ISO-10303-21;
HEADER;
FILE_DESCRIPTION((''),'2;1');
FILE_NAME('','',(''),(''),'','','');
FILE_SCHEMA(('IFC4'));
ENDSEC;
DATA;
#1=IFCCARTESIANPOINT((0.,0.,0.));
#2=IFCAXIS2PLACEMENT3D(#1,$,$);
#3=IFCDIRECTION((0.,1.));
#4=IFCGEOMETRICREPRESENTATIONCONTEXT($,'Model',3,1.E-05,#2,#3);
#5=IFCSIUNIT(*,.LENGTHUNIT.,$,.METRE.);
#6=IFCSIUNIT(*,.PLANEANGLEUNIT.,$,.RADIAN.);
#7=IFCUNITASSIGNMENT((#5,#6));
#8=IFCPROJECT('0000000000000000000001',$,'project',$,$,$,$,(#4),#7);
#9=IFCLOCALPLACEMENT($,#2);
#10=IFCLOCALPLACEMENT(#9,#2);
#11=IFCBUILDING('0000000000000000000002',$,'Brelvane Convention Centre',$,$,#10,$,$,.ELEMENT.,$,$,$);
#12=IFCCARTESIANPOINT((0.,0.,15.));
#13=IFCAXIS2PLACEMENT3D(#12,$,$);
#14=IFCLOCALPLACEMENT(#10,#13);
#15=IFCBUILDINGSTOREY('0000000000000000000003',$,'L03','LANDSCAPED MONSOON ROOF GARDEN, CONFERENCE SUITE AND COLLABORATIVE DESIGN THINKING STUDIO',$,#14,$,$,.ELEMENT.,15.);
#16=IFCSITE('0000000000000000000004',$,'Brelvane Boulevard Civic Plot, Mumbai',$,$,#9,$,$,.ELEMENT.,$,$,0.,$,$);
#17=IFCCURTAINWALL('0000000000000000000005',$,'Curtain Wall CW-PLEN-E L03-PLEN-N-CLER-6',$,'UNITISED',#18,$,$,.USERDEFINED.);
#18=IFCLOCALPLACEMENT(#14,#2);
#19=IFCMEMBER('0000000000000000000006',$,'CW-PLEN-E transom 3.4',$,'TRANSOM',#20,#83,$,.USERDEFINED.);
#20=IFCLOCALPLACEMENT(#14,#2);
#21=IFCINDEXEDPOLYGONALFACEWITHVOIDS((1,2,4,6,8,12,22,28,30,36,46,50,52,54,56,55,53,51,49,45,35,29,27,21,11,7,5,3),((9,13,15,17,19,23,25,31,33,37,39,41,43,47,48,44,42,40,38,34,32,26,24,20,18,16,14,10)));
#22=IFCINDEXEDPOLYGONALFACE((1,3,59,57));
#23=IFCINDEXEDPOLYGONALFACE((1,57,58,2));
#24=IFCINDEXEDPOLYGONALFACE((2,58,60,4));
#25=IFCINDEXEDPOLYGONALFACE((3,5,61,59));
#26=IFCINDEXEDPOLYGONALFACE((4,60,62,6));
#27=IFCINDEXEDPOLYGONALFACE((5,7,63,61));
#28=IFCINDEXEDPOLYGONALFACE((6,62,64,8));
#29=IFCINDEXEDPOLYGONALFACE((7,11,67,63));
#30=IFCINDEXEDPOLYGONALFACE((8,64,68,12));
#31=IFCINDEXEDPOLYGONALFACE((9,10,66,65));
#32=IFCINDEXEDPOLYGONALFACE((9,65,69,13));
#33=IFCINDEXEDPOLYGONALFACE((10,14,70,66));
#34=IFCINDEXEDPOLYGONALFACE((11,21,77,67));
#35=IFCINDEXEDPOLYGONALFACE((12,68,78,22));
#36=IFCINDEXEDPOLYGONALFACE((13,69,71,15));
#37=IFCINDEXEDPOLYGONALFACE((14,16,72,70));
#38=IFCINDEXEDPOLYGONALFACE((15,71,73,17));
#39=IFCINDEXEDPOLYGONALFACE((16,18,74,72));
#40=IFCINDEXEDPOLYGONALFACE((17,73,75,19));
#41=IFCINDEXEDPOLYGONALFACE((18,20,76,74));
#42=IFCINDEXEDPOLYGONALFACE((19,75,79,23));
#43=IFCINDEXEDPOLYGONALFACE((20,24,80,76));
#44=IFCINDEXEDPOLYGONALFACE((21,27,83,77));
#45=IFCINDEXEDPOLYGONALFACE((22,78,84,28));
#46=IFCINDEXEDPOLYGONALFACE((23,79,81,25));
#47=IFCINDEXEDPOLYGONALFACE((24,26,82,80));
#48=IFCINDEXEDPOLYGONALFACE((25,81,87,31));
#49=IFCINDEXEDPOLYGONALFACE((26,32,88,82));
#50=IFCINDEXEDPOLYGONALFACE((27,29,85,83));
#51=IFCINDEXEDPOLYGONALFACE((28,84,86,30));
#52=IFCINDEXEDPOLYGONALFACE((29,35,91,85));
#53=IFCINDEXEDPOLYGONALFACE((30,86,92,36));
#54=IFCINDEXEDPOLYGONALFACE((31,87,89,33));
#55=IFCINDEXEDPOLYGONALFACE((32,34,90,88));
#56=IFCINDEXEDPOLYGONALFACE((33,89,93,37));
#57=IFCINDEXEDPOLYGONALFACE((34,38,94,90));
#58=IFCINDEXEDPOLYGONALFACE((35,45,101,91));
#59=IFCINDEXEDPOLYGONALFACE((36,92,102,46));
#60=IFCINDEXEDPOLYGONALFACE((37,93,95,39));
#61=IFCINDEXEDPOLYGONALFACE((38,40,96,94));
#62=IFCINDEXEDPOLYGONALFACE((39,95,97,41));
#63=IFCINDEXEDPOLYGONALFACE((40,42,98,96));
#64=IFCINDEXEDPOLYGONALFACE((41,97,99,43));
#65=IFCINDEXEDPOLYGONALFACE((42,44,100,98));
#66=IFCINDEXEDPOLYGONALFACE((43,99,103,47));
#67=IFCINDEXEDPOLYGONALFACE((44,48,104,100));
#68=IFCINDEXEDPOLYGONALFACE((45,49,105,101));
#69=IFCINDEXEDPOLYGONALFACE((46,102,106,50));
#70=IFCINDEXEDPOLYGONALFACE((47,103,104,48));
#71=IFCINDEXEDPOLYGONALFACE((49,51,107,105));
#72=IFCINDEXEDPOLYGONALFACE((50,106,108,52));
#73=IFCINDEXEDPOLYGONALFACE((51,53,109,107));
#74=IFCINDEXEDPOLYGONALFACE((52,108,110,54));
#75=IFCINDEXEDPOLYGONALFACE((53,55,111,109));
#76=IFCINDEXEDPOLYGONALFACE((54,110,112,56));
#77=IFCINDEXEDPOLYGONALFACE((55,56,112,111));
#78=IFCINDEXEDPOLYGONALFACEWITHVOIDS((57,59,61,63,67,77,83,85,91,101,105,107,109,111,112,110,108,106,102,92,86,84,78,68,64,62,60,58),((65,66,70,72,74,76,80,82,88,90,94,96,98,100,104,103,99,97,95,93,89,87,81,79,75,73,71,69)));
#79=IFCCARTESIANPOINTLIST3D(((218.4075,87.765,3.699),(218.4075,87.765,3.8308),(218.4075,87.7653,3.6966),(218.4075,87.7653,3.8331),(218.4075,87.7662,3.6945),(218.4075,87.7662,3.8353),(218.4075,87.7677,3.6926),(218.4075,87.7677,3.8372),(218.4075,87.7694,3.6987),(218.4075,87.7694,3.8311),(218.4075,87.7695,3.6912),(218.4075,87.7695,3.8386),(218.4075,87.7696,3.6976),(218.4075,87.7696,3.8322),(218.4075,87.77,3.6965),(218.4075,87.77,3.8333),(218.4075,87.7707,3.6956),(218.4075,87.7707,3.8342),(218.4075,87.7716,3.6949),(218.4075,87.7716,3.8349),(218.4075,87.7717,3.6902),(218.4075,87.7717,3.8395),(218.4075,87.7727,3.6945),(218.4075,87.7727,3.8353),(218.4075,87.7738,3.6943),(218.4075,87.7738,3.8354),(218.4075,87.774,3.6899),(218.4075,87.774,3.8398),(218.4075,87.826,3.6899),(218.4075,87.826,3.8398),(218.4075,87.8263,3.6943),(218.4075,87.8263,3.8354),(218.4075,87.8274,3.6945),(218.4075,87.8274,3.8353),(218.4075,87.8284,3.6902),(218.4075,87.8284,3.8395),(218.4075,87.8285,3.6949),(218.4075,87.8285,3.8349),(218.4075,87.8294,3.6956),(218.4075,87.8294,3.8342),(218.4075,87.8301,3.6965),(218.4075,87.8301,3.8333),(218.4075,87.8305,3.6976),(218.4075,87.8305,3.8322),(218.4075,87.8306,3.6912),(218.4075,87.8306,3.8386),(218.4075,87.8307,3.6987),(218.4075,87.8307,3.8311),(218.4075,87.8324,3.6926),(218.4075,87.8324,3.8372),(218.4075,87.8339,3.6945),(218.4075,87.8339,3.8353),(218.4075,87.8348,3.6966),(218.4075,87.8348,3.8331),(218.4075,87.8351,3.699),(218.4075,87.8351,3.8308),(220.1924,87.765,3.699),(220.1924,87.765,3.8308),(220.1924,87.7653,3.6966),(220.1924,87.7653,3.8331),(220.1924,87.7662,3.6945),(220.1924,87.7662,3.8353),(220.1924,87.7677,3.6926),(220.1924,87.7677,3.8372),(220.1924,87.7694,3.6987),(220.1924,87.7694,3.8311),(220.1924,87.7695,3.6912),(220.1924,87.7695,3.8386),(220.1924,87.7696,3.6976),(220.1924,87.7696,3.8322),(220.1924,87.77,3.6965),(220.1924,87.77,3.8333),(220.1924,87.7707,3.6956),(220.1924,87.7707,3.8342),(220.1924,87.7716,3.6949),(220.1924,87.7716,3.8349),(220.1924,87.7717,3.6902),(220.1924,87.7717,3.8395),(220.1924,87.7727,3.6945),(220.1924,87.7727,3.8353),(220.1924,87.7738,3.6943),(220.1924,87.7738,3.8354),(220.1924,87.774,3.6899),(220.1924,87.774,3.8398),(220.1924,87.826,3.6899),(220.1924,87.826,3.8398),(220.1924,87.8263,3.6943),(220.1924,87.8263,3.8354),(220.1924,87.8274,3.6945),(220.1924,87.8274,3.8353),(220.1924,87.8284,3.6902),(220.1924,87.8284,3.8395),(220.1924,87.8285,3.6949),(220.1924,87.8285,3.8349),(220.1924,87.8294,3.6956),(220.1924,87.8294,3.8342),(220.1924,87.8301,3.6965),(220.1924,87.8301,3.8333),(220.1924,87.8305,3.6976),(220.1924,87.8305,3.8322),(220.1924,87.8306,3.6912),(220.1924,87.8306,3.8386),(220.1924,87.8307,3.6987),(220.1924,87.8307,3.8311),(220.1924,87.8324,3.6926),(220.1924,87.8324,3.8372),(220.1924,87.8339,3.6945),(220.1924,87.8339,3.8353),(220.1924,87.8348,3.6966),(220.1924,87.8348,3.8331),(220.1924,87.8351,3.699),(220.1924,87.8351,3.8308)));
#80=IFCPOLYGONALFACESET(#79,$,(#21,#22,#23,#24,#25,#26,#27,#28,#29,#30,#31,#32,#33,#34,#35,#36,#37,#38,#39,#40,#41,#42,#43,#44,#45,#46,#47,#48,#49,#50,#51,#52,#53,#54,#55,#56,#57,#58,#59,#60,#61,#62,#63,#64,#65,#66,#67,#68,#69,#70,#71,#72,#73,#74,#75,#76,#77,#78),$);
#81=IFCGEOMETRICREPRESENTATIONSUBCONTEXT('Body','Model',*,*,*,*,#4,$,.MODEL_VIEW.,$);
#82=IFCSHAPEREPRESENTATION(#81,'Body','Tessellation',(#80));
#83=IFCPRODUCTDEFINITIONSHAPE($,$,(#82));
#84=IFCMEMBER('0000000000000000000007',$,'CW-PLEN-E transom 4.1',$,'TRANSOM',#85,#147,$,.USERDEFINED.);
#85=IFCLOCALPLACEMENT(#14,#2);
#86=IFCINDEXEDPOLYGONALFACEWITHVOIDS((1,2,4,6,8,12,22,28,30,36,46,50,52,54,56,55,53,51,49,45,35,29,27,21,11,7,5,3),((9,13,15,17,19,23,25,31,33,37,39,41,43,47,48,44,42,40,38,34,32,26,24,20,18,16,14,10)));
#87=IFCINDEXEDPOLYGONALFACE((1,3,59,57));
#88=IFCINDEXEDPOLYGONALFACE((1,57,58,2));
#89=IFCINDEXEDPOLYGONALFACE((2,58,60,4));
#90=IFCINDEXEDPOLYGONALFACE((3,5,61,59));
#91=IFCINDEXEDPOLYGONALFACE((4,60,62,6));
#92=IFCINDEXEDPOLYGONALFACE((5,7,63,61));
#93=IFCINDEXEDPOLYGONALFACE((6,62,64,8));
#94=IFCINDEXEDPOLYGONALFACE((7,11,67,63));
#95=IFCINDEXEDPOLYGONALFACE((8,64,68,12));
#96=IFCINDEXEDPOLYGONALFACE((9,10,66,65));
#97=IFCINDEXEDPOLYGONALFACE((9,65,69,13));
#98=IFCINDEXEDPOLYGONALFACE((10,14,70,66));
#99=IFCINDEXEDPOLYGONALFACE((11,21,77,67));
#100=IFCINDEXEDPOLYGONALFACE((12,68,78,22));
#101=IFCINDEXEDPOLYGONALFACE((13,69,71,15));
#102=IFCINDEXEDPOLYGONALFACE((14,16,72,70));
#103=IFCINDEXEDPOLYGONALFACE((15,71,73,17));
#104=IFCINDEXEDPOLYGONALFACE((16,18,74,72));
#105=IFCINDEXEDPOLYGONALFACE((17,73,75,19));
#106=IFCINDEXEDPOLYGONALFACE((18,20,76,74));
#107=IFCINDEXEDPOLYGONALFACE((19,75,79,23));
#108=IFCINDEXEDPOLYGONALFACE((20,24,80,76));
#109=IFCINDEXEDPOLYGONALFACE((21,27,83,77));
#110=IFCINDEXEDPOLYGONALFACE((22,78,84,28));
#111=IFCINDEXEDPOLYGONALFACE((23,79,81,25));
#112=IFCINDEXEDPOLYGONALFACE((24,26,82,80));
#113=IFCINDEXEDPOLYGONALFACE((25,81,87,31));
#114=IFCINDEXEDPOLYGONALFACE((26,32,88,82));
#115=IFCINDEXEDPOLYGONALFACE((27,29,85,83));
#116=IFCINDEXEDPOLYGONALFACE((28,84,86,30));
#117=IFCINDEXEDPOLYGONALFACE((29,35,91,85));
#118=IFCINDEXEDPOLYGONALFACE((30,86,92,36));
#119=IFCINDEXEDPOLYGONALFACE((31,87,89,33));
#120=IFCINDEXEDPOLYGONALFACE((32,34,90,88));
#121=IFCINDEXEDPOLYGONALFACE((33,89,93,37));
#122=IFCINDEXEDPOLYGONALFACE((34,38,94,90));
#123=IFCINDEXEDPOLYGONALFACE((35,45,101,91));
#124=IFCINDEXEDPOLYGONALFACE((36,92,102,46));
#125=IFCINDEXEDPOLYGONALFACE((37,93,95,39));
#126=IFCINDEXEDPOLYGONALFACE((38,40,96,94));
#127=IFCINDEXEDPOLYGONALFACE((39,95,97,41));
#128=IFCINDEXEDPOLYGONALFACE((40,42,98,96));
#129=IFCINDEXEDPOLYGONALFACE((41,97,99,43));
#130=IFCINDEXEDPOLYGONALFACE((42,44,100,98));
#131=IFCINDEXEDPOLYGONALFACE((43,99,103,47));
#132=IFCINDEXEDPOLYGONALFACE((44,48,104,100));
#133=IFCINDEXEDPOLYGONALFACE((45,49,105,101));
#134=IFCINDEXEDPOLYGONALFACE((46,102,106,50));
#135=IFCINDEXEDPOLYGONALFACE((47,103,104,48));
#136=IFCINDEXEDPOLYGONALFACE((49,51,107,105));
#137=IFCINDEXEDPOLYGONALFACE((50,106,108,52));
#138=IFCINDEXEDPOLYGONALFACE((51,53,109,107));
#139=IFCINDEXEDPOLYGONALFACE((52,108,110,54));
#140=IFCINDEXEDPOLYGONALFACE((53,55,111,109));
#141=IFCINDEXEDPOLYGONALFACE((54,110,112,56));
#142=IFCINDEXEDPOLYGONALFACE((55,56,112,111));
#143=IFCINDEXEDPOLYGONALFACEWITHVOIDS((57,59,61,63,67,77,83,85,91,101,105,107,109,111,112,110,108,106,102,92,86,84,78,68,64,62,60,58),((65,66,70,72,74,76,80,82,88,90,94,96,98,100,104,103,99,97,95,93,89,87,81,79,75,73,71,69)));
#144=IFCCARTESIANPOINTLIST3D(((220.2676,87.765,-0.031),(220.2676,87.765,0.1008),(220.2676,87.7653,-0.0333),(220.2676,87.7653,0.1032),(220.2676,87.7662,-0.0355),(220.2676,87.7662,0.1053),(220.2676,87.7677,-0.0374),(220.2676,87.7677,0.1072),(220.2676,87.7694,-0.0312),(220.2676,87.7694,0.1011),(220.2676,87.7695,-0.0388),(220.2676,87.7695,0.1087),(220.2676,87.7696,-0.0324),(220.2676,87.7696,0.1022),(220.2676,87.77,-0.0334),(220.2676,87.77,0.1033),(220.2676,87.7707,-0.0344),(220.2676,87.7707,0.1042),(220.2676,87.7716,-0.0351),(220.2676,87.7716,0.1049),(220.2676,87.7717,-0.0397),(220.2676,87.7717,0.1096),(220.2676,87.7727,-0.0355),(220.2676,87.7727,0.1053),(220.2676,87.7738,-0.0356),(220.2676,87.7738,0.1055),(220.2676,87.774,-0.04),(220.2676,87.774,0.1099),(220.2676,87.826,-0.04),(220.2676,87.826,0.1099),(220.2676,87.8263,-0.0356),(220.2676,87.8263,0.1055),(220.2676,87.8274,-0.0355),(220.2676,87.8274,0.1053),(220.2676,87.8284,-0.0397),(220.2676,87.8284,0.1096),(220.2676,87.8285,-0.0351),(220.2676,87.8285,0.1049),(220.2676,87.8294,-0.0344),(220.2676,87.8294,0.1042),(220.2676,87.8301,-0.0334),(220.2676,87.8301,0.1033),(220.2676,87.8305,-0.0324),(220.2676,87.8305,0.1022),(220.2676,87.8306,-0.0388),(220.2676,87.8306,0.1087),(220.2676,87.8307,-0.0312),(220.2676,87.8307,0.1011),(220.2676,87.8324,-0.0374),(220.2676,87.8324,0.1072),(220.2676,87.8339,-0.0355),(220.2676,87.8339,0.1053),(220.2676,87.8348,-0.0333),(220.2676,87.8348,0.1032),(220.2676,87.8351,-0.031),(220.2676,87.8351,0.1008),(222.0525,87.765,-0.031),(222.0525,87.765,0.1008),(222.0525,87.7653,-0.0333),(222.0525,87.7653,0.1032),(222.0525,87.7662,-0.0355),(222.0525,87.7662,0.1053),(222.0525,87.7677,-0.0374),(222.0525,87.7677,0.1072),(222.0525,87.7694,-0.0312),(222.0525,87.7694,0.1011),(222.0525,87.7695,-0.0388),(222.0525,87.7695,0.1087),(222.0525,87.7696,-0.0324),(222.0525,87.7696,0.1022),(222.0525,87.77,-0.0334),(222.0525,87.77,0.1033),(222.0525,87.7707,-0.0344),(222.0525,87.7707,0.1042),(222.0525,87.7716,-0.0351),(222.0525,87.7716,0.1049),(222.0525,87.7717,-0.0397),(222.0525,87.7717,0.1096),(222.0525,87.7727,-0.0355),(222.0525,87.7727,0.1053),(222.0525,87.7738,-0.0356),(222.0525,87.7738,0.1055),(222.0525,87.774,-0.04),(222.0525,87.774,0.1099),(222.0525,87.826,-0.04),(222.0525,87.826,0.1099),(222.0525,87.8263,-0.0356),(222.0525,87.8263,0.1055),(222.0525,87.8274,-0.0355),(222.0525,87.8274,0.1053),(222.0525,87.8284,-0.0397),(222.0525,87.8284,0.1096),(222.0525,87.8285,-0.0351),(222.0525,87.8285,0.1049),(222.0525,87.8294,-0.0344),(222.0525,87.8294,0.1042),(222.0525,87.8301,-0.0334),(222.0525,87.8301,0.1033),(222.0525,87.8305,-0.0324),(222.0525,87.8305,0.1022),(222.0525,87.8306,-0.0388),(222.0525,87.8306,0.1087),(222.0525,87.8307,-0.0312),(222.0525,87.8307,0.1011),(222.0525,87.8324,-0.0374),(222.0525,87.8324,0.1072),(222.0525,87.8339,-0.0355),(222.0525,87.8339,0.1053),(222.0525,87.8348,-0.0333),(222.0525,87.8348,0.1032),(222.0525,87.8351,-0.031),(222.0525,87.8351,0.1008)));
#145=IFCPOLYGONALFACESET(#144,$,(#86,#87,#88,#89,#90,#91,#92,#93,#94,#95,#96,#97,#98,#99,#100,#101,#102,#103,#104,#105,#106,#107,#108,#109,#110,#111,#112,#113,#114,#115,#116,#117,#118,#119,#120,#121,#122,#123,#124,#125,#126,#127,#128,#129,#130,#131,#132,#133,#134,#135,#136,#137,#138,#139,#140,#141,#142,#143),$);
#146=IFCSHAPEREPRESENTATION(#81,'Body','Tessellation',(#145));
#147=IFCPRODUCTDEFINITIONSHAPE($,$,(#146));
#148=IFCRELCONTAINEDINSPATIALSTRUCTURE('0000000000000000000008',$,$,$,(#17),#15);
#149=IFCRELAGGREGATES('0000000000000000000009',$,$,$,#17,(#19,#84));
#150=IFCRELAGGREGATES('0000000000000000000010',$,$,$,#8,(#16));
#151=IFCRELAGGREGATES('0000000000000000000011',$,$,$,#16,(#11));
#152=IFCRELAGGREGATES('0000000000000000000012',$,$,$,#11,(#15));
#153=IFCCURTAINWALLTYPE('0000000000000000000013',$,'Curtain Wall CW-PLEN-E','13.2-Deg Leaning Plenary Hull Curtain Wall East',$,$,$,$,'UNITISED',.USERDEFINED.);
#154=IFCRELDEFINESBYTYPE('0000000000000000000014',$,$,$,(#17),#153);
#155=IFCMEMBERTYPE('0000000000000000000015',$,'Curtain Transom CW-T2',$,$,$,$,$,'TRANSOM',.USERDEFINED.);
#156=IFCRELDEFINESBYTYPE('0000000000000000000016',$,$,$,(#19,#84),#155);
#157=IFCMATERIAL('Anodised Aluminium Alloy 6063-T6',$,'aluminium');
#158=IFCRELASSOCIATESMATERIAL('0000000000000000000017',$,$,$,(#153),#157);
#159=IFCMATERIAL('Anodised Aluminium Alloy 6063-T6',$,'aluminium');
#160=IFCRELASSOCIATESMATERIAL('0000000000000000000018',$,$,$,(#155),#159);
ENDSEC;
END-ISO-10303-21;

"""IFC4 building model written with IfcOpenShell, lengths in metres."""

from ifc_helpers import new_model, si_unit, direction, frame, origin, origin_2d, place, context, subcontext, project, spatial, hollow_rectangle, extrude, material, material_profile, profile_set, type_object, element, aggregate, save


model = new_model("IFC4")

# Units and contexts
model_context = context("Model", 3, precision=1e-05, world=origin(), true_north=direction((0.0, 1.0)))
body_context = subcontext(model_context, "Body", "Model", "MODEL_VIEW")
ifc_project = project(units=[si_unit("LENGTHUNIT", "METRE"), si_unit("PLANEANGLEUNIT", "RADIAN")], contexts=[model_context])

# Site, building, storey
site_placement = place(None, origin())
site = spatial("IfcSite", under=ifc_project, at=site_placement, Name="Brelvane Boulevard Civic Plot, Mumbai", CompositionType="ELEMENT", RefElevation=0.0)
building_placement = place(site_placement, origin())
building = spatial("IfcBuilding", under=site, at=building_placement, Name="Brelvane Convention Centre", CompositionType="ELEMENT")
storey_placement = place(building_placement, frame((0.0, 0.0, 15.0)))
storey = spatial("IfcBuildingStorey", under=building, at=storey_placement, Name="L03", Description="LANDSCAPED MONSOON ROOF GARDEN, CONFERENCE SUITE AND COLLABORATIVE DESIGN THINKING STUDIO", CompositionType="ELEMENT", Elevation=15.0)

# Curtain wall, members
ifc_material_1 = material(Name="Anodised Aluminium Alloy 6063-T6", Category="aluminium")
curtain_wall_type = type_object("IfcCurtainWallType", Name="Curtain Wall CW-PLEN-E", Description="13.2-Deg Leaning Plenary Hull Curtain Wall East", ElementType="UNITISED", PredefinedType="USERDEFINED", material=ifc_material_1)
curtain_wall_placement = place(storey_placement, origin())
curtain_wall = element("IfcCurtainWall", 1, at=curtain_wall_placement, inside=storey, type_object=curtain_wall_type, Name="Curtain Wall CW-PLEN-E L03-PLEN-N-CLER-6", ObjectType="UNITISED", PredefinedType="USERDEFINED")
ifc_material_2 = material(Name="Anodised Aluminium Alloy 6063-T6", Category="aluminium")
ifc_material_profile_1 = material_profile(ifc_material_2, hollow_rectangle(XDim=0.0701, YDim=0.1499, WallThickness=0.0044, InnerFilletRadius=0.0044, OuterFilletRadius=0.009, at=origin_2d()), Name="ALU-T 150x70x4.5")
ifc_profile_set_1 = profile_set([ifc_material_profile_1], Name="Anodised Aluminium Alloy 6063-T6")
member_type_1 = type_object("IfcMemberType", Name="Curtain Transom CW-T2", ElementType="TRANSOM", PredefinedType="USERDEFINED", material=ifc_profile_set_1)
member_1_placement = place(storey_placement, frame((218.4075, 87.8, 3.7649), z_axis=(1.0, 0.0, 0.0), x_axis=(0.0, 1.0, 0.0)))
member_1 = element("IfcMember", 2, at=member_1_placement, type_object=member_type_1, Name="CW-PLEN-E transom 3.4", ObjectType="TRANSOM", PredefinedType="USERDEFINED", context=body_context, shape_type="SweptSolid", body=[
    extrude(hollow_rectangle(XDim=0.0701, YDim=0.1499, WallThickness=0.0044, InnerFilletRadius=0.0044, OuterFilletRadius=0.009, at=origin_2d()), origin(), (0.0, 0.0, 1.0), 1.7849),
])
member_2_placement = place(storey_placement, frame((220.2676, 87.8, 0.0349), z_axis=(1.0, 0.0, 0.0), x_axis=(0.0, 1.0, 0.0)))
member_2 = element("IfcMember", 3, at=member_2_placement, type_object=member_type_1, Name="CW-PLEN-E transom 4.1", ObjectType="TRANSOM", PredefinedType="USERDEFINED", context=body_context, shape_type="SweptSolid", body=[
    extrude(hollow_rectangle(XDim=0.0701, YDim=0.1499, WallThickness=0.0044, InnerFilletRadius=0.0044, OuterFilletRadius=0.009, at=origin_2d()), origin(), (0.0, 0.0, 1.0), 1.7849),
])
aggregate(curtain_wall, [member_1, member_2])

save(model, "model.ifc")
